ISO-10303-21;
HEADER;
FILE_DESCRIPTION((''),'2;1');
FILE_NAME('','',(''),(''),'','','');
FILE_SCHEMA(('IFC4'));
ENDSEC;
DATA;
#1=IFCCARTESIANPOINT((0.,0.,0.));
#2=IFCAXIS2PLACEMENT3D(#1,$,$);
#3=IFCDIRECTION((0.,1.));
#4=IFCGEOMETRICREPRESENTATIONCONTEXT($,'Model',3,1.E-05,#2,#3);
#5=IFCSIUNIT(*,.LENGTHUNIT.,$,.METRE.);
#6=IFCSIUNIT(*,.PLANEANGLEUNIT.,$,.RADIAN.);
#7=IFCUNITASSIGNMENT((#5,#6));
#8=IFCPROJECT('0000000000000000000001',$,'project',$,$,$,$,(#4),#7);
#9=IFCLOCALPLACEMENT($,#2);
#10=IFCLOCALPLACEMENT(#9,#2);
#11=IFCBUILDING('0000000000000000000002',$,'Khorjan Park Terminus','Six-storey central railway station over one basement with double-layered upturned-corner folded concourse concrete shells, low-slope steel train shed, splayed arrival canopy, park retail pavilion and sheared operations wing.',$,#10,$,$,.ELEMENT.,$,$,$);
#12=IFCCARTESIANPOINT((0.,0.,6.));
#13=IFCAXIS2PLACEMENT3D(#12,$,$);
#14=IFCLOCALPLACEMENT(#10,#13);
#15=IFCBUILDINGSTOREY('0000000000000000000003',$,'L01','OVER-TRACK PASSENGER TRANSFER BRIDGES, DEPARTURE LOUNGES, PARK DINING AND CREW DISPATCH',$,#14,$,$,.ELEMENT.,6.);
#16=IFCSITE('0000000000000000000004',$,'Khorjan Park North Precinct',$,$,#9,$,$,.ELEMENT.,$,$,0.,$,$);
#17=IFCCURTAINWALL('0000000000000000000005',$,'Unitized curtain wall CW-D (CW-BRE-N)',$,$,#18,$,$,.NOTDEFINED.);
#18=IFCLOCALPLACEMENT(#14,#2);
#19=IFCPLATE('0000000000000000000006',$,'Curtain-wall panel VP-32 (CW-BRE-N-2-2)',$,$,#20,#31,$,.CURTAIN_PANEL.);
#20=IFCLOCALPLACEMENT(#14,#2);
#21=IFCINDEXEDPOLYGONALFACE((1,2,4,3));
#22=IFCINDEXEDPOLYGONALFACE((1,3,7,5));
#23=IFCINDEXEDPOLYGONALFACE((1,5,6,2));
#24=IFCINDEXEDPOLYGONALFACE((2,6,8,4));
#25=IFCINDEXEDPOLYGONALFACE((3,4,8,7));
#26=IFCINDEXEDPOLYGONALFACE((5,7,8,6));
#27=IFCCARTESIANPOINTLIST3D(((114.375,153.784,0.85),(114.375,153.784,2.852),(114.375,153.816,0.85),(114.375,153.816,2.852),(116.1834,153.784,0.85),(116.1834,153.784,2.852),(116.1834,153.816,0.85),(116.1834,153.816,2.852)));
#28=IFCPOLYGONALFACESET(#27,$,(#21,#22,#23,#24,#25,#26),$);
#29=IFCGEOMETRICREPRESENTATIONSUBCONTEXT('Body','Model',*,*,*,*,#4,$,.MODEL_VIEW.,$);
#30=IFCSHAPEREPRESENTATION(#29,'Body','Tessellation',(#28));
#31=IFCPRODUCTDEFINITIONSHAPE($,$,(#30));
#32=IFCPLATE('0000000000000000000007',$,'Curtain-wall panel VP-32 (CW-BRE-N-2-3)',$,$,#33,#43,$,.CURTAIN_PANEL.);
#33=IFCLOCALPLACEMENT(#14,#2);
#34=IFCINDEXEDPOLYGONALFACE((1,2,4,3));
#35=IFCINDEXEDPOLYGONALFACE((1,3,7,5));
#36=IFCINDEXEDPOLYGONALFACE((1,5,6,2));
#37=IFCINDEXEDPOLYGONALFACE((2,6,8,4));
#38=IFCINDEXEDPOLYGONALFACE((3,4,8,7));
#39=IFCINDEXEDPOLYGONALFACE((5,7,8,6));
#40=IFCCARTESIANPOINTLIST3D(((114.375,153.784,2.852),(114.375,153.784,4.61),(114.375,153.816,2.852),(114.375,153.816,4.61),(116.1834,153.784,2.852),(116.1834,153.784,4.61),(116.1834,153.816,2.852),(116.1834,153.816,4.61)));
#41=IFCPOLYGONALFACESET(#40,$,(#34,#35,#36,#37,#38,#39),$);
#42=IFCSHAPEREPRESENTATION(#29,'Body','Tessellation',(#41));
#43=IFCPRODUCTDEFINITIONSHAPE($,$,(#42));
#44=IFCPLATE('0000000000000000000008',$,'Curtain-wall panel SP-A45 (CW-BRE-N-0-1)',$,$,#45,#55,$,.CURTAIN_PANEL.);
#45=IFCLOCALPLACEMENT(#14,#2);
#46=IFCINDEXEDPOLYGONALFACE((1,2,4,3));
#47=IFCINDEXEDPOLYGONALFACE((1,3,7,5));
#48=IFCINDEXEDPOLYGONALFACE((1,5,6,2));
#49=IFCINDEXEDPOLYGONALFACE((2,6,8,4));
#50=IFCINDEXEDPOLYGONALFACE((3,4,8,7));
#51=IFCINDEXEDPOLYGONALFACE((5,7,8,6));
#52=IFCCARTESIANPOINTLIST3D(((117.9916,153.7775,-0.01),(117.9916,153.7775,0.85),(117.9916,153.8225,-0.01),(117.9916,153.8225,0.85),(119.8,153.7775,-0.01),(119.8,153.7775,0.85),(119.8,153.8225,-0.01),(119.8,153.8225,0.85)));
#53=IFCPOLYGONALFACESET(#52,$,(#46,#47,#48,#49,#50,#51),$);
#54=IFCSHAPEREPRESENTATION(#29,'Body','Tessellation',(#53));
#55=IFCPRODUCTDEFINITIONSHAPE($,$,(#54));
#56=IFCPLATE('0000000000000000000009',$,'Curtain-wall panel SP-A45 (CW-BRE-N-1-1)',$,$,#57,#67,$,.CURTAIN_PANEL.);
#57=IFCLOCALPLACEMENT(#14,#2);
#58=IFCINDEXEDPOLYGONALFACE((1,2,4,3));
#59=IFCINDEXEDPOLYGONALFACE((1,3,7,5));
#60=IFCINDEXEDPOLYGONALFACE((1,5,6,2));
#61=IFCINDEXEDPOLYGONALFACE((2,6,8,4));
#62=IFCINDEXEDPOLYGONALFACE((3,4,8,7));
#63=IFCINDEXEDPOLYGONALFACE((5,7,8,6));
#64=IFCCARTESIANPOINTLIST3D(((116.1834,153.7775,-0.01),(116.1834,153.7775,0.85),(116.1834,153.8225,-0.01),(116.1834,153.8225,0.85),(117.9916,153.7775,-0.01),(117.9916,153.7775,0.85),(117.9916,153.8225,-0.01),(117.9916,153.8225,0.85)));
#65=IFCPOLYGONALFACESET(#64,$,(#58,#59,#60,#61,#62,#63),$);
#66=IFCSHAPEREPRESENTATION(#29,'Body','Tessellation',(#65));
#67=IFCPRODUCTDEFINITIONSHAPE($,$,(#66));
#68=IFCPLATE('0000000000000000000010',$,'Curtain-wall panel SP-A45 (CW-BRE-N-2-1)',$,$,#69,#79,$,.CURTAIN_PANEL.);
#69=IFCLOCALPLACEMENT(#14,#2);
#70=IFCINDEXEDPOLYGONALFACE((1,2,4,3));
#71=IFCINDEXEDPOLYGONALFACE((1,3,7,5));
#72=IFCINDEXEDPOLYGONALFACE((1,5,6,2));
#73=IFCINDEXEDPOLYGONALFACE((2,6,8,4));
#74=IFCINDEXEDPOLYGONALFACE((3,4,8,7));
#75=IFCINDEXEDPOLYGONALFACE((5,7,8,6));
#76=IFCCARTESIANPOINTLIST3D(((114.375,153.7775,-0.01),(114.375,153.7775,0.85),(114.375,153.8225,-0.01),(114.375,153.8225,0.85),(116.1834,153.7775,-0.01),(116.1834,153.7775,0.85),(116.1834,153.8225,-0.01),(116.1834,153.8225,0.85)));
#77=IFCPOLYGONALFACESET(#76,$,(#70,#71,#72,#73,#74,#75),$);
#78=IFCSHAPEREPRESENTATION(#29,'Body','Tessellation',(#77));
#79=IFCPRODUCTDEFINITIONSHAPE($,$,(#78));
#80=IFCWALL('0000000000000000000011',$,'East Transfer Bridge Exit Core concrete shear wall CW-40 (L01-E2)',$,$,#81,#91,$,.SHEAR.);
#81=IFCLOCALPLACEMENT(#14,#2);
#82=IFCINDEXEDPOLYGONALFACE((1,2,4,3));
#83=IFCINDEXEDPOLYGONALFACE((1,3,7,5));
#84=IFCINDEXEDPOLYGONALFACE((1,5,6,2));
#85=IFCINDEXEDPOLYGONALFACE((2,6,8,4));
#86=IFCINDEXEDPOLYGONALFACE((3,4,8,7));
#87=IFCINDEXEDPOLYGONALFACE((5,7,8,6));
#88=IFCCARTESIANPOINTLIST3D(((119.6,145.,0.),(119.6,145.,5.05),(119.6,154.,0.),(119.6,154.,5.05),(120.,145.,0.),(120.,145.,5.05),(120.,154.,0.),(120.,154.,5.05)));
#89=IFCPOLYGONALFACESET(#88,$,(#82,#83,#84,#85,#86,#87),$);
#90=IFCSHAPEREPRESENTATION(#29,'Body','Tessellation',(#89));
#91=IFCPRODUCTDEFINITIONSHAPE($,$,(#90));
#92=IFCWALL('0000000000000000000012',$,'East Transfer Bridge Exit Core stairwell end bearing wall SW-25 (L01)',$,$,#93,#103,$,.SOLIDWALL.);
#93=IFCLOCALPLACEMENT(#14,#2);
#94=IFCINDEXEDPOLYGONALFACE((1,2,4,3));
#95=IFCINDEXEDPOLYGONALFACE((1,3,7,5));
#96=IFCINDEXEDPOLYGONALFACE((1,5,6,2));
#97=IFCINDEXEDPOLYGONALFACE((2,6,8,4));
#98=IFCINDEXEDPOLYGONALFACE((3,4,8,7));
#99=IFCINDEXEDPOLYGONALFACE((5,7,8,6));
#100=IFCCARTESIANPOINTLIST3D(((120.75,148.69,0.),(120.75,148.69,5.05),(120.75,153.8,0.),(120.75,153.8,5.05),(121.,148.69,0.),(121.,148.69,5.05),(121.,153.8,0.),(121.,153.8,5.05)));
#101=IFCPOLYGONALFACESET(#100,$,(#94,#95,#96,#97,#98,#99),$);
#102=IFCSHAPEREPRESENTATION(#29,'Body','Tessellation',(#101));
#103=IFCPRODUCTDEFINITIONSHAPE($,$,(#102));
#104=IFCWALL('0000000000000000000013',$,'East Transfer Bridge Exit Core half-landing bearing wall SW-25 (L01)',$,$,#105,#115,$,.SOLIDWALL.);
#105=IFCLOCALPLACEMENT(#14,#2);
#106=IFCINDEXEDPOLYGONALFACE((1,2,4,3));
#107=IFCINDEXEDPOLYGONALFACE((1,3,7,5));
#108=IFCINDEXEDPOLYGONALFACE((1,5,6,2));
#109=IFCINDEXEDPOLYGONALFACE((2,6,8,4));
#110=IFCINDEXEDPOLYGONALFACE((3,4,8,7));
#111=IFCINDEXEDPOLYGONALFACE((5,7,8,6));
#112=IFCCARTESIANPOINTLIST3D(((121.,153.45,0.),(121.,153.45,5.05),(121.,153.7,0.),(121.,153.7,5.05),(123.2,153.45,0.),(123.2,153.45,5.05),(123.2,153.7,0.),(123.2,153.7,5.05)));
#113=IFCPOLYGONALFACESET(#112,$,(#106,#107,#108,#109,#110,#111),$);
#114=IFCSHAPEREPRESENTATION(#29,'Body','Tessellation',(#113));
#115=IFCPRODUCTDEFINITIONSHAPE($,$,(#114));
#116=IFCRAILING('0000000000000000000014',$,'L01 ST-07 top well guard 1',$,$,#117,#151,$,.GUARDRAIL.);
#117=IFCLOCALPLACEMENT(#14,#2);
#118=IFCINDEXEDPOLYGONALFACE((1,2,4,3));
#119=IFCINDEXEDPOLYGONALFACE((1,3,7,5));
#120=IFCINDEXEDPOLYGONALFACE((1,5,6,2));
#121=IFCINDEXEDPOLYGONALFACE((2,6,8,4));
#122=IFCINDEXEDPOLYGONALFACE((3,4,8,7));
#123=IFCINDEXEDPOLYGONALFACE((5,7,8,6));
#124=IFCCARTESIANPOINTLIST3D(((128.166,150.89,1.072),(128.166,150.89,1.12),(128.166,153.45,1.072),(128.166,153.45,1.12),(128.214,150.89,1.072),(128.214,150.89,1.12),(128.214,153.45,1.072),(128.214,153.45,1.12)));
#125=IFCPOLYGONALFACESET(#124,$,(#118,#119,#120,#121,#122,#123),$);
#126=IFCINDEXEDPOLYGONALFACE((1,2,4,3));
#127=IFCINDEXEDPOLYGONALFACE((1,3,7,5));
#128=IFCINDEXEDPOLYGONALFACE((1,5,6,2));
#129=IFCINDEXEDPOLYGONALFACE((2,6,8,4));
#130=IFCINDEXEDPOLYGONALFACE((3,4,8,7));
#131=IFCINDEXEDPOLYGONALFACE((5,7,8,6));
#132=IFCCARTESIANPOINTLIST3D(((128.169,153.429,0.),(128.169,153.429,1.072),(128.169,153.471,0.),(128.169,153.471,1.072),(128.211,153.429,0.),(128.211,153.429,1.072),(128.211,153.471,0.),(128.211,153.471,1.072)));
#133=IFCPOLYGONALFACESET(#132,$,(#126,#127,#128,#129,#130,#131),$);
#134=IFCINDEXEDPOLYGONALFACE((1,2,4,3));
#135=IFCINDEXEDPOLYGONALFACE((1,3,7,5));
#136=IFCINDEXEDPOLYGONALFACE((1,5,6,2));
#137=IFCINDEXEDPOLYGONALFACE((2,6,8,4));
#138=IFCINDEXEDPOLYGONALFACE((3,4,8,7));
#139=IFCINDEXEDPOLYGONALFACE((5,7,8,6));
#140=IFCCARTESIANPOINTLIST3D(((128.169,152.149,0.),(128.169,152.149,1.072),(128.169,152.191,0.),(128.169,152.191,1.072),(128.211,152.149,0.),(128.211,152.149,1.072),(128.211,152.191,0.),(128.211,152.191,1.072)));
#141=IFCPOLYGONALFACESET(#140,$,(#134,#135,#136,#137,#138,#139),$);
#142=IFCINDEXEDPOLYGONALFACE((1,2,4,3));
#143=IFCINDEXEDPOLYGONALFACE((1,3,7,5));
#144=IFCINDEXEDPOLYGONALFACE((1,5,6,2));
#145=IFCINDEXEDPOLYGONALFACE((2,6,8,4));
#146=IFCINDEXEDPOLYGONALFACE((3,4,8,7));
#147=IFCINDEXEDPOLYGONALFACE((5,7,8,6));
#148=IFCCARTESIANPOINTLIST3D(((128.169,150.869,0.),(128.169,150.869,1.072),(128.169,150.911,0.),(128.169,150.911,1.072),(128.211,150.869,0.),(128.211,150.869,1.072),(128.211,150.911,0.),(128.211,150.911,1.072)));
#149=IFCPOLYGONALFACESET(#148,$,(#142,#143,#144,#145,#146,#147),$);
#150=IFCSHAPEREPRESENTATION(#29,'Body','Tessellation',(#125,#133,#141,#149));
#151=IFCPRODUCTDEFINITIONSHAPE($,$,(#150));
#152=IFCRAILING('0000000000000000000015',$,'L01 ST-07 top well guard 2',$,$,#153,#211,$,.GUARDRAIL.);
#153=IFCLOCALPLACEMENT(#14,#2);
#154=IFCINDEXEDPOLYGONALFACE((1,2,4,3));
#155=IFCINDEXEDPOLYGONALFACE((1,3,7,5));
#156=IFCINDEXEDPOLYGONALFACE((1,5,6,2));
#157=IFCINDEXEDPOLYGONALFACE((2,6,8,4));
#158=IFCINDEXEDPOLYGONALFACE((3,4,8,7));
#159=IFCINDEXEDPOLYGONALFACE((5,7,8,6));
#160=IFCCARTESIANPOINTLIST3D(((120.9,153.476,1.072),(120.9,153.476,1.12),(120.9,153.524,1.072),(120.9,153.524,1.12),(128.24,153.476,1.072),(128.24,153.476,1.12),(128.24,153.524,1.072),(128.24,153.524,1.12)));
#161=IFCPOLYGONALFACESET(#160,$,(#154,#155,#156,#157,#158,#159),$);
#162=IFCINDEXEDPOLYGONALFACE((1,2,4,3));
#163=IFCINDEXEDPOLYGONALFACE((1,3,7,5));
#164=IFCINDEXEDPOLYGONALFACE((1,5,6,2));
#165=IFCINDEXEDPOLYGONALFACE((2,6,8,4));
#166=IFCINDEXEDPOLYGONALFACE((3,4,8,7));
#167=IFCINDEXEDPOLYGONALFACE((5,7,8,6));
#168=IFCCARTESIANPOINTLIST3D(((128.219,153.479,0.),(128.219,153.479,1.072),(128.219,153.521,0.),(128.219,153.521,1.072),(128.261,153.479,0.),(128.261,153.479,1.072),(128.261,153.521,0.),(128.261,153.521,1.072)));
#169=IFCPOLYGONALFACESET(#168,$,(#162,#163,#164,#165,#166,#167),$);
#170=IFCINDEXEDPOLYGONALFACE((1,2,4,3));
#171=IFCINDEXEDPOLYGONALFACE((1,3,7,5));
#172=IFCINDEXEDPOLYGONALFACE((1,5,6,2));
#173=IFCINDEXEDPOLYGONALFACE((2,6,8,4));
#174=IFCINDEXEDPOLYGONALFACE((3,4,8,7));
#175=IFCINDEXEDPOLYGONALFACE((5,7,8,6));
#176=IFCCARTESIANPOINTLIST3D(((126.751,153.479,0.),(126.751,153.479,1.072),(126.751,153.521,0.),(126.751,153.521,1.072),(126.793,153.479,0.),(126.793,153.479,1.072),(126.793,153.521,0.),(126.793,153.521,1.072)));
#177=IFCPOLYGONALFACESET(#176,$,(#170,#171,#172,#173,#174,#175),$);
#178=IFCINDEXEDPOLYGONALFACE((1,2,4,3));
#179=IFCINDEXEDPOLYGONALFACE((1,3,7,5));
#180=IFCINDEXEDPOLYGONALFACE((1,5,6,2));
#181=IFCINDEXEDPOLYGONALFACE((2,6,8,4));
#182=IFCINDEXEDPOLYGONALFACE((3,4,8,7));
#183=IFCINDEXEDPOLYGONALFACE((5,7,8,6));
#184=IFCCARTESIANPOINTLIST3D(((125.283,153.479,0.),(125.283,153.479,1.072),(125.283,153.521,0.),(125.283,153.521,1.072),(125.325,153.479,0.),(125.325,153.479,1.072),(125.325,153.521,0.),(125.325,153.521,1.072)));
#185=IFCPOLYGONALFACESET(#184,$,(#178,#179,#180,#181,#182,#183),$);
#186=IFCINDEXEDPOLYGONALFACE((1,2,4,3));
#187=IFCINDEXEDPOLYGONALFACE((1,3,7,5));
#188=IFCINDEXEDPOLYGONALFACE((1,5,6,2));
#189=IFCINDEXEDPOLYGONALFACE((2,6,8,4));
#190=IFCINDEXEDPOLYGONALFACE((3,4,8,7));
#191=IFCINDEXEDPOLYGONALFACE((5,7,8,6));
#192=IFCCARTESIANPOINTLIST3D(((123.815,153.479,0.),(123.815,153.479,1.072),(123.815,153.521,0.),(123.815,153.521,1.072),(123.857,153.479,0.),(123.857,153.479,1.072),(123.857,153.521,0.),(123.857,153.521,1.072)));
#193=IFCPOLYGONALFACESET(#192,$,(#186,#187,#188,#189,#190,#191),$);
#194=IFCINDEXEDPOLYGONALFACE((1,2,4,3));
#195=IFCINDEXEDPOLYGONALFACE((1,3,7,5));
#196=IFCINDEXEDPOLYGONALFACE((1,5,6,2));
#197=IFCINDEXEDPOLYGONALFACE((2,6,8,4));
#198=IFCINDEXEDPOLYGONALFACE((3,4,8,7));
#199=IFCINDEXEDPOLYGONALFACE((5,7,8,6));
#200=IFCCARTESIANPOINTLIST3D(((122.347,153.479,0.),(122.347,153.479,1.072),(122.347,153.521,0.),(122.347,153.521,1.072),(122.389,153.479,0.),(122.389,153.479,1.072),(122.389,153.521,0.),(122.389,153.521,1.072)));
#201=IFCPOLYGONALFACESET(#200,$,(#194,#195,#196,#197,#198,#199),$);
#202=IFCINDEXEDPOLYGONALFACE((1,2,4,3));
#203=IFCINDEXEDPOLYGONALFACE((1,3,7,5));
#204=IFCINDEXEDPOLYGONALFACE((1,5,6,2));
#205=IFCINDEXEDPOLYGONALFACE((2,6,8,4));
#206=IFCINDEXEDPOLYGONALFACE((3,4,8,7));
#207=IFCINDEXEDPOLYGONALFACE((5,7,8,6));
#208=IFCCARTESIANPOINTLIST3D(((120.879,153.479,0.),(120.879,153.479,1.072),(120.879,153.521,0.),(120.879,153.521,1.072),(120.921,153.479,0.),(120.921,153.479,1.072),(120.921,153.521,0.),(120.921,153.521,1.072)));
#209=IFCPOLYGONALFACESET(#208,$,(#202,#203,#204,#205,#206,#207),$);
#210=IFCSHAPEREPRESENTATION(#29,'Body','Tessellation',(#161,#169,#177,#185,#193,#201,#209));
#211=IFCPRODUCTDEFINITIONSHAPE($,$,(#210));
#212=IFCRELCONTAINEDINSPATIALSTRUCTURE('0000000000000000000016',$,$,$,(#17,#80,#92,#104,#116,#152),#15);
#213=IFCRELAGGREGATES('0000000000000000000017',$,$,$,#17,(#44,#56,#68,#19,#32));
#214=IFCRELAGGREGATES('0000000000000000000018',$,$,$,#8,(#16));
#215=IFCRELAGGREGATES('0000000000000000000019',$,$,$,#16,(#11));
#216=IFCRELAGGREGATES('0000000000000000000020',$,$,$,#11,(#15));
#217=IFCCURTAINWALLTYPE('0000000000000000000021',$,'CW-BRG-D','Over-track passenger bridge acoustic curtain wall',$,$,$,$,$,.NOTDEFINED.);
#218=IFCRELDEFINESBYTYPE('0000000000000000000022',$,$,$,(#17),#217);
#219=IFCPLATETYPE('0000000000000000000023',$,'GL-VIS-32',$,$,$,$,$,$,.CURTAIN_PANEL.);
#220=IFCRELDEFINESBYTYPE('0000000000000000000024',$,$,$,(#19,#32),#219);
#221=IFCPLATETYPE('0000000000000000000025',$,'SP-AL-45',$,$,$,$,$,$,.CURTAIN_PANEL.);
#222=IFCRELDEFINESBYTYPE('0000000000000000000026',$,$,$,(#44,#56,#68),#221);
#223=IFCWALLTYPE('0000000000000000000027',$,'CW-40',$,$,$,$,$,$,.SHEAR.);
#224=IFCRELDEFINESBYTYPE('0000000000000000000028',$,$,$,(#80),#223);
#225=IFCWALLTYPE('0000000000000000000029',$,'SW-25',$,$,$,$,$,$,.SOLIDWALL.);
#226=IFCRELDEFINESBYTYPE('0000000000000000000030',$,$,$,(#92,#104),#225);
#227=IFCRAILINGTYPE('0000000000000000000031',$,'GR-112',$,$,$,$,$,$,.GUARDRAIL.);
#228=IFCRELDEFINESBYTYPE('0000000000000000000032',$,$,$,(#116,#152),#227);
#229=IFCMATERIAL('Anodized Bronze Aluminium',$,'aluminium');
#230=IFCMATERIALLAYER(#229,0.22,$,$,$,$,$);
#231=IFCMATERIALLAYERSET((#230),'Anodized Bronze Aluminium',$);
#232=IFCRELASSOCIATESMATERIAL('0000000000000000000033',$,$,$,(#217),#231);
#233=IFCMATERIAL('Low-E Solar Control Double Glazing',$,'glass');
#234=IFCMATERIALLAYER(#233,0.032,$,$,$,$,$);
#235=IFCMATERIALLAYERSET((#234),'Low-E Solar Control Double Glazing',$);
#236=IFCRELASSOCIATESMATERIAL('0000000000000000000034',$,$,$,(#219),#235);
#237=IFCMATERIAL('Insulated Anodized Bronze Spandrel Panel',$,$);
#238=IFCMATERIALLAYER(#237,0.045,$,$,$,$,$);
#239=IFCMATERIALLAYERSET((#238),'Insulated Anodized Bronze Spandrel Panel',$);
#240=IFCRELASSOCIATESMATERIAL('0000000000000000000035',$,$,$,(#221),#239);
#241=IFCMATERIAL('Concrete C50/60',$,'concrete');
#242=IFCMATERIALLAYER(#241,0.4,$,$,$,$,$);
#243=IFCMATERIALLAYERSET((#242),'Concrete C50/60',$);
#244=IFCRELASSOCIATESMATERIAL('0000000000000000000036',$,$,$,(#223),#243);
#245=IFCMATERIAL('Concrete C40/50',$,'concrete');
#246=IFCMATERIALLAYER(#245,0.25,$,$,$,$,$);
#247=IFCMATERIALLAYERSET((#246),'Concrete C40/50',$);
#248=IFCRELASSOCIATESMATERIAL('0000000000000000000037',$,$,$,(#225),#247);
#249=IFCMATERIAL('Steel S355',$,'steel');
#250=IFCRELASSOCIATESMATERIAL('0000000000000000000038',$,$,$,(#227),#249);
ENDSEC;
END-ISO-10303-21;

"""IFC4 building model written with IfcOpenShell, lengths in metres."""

from ifc_helpers import new_model, si_unit, direction, frame, frame_2d, origin, origin_2d, place, context, subcontext, project, spatial, rectangle, extrude, material, layer, layer_set, type_object, element, aggregate, save


model = new_model("IFC4")

# Units and contexts
model_context = context("Model", 3, precision=1e-05, world=origin(), true_north=direction((0.0, 1.0)))
body_context = subcontext(model_context, "Body", "Model", "MODEL_VIEW")
ifc_project = project(units=[si_unit("LENGTHUNIT", "METRE"), si_unit("PLANEANGLEUNIT", "RADIAN")], contexts=[model_context])

# Site, building, storey
site_placement = place(None, origin())
site = spatial("IfcSite", under=ifc_project, at=site_placement, Name="Khorjan Park North Precinct", CompositionType="ELEMENT", RefElevation=0.0)
building_placement = place(site_placement, origin())
building = spatial("IfcBuilding", under=site, at=building_placement, Name="Khorjan Park Terminus", Description="Six-storey central railway station over one basement with double-layered upturned-corner folded concourse concrete shells, low-slope steel train shed, splayed arrival canopy, park retail pavilion and sheared operations wing.", CompositionType="ELEMENT")
storey_placement = place(building_placement, frame((0.0, 0.0, 6.0)))
storey = spatial("IfcBuildingStorey", under=building, at=storey_placement, Name="L01", Description="OVER-TRACK PASSENGER TRANSFER BRIDGES, DEPARTURE LOUNGES, PARK DINING AND CREW DISPATCH", CompositionType="ELEMENT", Elevation=6.0)

# Curtain wall, plates
ifc_material_1 = material(Name="Anodized Bronze Aluminium", Category="aluminium")
ifc_layer_1 = layer(ifc_material_1, 0.22)
ifc_layer_set_1 = layer_set([ifc_layer_1], Name="Anodized Bronze Aluminium")
curtain_wall_type = type_object("IfcCurtainWallType", Name="CW-BRG-D", Description="Over-track passenger bridge acoustic curtain wall", PredefinedType="NOTDEFINED", material=ifc_layer_set_1)
curtain_wall_placement = place(storey_placement, origin())
curtain_wall = element("IfcCurtainWall", 1, at=curtain_wall_placement, inside=storey, type_object=curtain_wall_type, Name="Unitized curtain wall CW-D (CW-BRE-N)", PredefinedType="NOTDEFINED")
ifc_material_2 = material(Name="Low-E Solar Control Double Glazing", Category="glass")
ifc_layer_2 = layer(ifc_material_2, 0.032)
ifc_layer_set_2 = layer_set([ifc_layer_2], Name="Low-E Solar Control Double Glazing")
plate_type_1 = type_object("IfcPlateType", Name="GL-VIS-32", PredefinedType="CURTAIN_PANEL", material=ifc_layer_set_2)
plate_1_placement = place(storey_placement, frame((115.2792, 153.8, 0.85), z_axis=(0.0, 0.0, 1.0), x_axis=(-1.0, 0.0, 0.0)))
plate_1 = element("IfcPlate", 2, at=plate_1_placement, type_object=plate_type_1, Name="Curtain-wall panel VP-32 (CW-BRE-N-2-2)", PredefinedType="CURTAIN_PANEL", context=body_context, shape_type="SweptSolid", body=[
    extrude(rectangle(XDim=1.8083, YDim=0.032, at=origin_2d()), origin(), (0.0, 0.0, 1.0), 2.002),
])
plate_2_placement = place(storey_placement, frame((115.2792, 153.8, 2.852), z_axis=(0.0, 0.0, 1.0), x_axis=(-1.0, 0.0, 0.0)))
plate_2 = element("IfcPlate", 3, at=plate_2_placement, type_object=plate_type_1, Name="Curtain-wall panel VP-32 (CW-BRE-N-2-3)", PredefinedType="CURTAIN_PANEL", context=body_context, shape_type="SweptSolid", body=[
    extrude(rectangle(XDim=1.8083, YDim=0.032, at=origin_2d()), origin(), (0.0, 0.0, 1.0), 1.758),
])
ifc_material_3 = material(Name="Insulated Anodized Bronze Spandrel Panel")
ifc_layer_3 = layer(ifc_material_3, 0.045)
ifc_layer_set_3 = layer_set([ifc_layer_3], Name="Insulated Anodized Bronze Spandrel Panel")
plate_type_2 = type_object("IfcPlateType", Name="SP-AL-45", PredefinedType="CURTAIN_PANEL", material=ifc_layer_set_3)
plate_3_placement = place(storey_placement, frame((118.8958, 153.8, -0.01), z_axis=(0.0, 0.0, 1.0), x_axis=(-1.0, 0.0, 0.0)))
plate_3 = element("IfcPlate", 4, at=plate_3_placement, type_object=plate_type_2, Name="Curtain-wall panel SP-A45 (CW-BRE-N-0-1)", PredefinedType="CURTAIN_PANEL", context=body_context, shape_type="SweptSolid", body=[
    extrude(rectangle(XDim=1.8083, YDim=0.045, at=origin_2d()), origin(), (0.0, 0.0, 1.0), 0.86),
])
plate_4_placement = place(storey_placement, frame((117.0875, 153.8, -0.01), z_axis=(0.0, 0.0, 1.0), x_axis=(-1.0, 0.0, 0.0)))
plate_4 = element("IfcPlate", 5, at=plate_4_placement, type_object=plate_type_2, Name="Curtain-wall panel SP-A45 (CW-BRE-N-1-1)", PredefinedType="CURTAIN_PANEL", context=body_context, shape_type="SweptSolid", body=[
    extrude(rectangle(XDim=1.8083, YDim=0.045, at=origin_2d()), origin(), (0.0, 0.0, 1.0), 0.86),
])
plate_5_placement = place(storey_placement, frame((115.2792, 153.8, -0.01), z_axis=(0.0, 0.0, 1.0), x_axis=(-1.0, 0.0, 0.0)))
plate_5 = element("IfcPlate", 6, at=plate_5_placement, type_object=plate_type_2, Name="Curtain-wall panel SP-A45 (CW-BRE-N-2-1)", PredefinedType="CURTAIN_PANEL", context=body_context, shape_type="SweptSolid", body=[
    extrude(rectangle(XDim=1.8083, YDim=0.045, at=origin_2d()), origin(), (0.0, 0.0, 1.0), 0.86),
])
aggregate(curtain_wall, [plate_3, plate_4, plate_5, plate_1, plate_2])

# Walls
ifc_material_4 = material(Name="Concrete C50/60", Category="concrete")
ifc_layer_4 = layer(ifc_material_4, 0.4)
ifc_layer_set_4 = layer_set([ifc_layer_4], Name="Concrete C50/60")
wall_type_1 = type_object("IfcWallType", Name="CW-40", PredefinedType="SHEAR", material=ifc_layer_set_4)
wall_1_placement = place(storey_placement, frame((119.8, 154.0, 0.0), z_axis=(0.0, 0.0, 1.0), x_axis=(0.0, -1.0, 0.0)))
element("IfcWall", 7, at=wall_1_placement, inside=storey, type_object=wall_type_1, Name="East Transfer Bridge Exit Core concrete shear wall CW-40 (L01-E2)", PredefinedType="SHEAR", context=body_context, shape_type="SweptSolid", body=[
    extrude(rectangle(XDim=9.0, YDim=0.4, at=frame_2d((4.5, 0.0))), origin(), (0.0, 0.0, 1.0), 5.05),
])
ifc_material_5 = material(Name="Concrete C40/50", Category="concrete")
ifc_layer_5 = layer(ifc_material_5, 0.25)
ifc_layer_set_5 = layer_set([ifc_layer_5], Name="Concrete C40/50")
wall_type_2 = type_object("IfcWallType", Name="SW-25", PredefinedType="SOLIDWALL", material=ifc_layer_set_5)
wall_2_placement = place(storey_placement, frame((120.875, 153.8, 0.0), z_axis=(0.0, 0.0, 1.0), x_axis=(0.0, -1.0, 0.0)))
element("IfcWall", 8, at=wall_2_placement, inside=storey, type_object=wall_type_2, Name="East Transfer Bridge Exit Core stairwell end bearing wall SW-25 (L01)", PredefinedType="SOLIDWALL", context=body_context, shape_type="SweptSolid", body=[
    extrude(rectangle(XDim=5.11, YDim=0.25, at=frame_2d((2.555, 0.0))), origin(), (0.0, 0.0, 1.0), 5.05),
])
wall_3_placement = place(storey_placement, frame((123.2, 153.575, 0.0), z_axis=(0.0, 0.0, 1.0), x_axis=(-1.0, 0.0, 0.0)))
element("IfcWall", 9, at=wall_3_placement, inside=storey, type_object=wall_type_2, Name="East Transfer Bridge Exit Core half-landing bearing wall SW-25 (L01)", PredefinedType="SOLIDWALL", context=body_context, shape_type="SweptSolid", body=[
    extrude(rectangle(XDim=2.2, YDim=0.25, at=frame_2d((1.1, 0.0))), origin(), (0.0, 0.0, 1.0), 5.05),
])

# Railings
ifc_material_6 = material(Name="Steel S355", Category="steel")
railing_type = type_object("IfcRailingType", Name="GR-112", PredefinedType="GUARDRAIL", material=ifc_material_6)
railing_1_placement = place(storey_placement, frame((128.19, 153.45, 0.0)))
element("IfcRailing", 10, at=railing_1_placement, inside=storey, type_object=railing_type, Name="L01 ST-07 top well guard 1", PredefinedType="GUARDRAIL", context=body_context, shape_type="SweptSolid", body=[
    extrude(rectangle(XDim=0.048, YDim=0.048, at=origin_2d()), frame((0.0, 0.0, 1.096), z_axis=(0.0, -1.0, 0.0), x_axis=(1.0, 0.0, 0.0)), (0.0, 0.0, 1.0), 2.56),
    extrude(rectangle(XDim=0.042, YDim=0.042, at=origin_2d()), origin(), (0.0, 0.0, 1.0), 1.072),
    extrude(rectangle(XDim=0.042, YDim=0.042, at=origin_2d()), frame((0.0, -1.28, 0.0)), (0.0, 0.0, 1.0), 1.072),
    extrude(rectangle(XDim=0.042, YDim=0.042, at=origin_2d()), frame((0.0, -2.56, 0.0)), (0.0, 0.0, 1.0), 1.072),
])
railing_2_placement = place(storey_placement, frame((128.24, 153.5, 0.0)))
element("IfcRailing", 11, at=railing_2_placement, inside=storey, type_object=railing_type, Name="L01 ST-07 top well guard 2", PredefinedType="GUARDRAIL", context=body_context, shape_type="SweptSolid", body=[
    extrude(rectangle(XDim=0.048, YDim=0.048, at=origin_2d()), frame((0.0, 0.0, 1.096), z_axis=(-1.0, 0.0, 0.0), x_axis=(0.0, -1.0, 0.0)), (0.0, 0.0, 1.0), 7.34),
    extrude(rectangle(XDim=0.042, YDim=0.042, at=origin_2d()), origin(), (0.0, 0.0, 1.0), 1.072),
    extrude(rectangle(XDim=0.042, YDim=0.042, at=origin_2d()), frame((-1.468, 0.0, 0.0)), (0.0, 0.0, 1.0), 1.072),
    extrude(rectangle(XDim=0.042, YDim=0.042, at=origin_2d()), frame((-2.936, 0.0, 0.0)), (0.0, 0.0, 1.0), 1.072),
    extrude(rectangle(XDim=0.042, YDim=0.042, at=origin_2d()), frame((-4.404, 0.0, 0.0)), (0.0, 0.0, 1.0), 1.072),
    extrude(rectangle(XDim=0.042, YDim=0.042, at=origin_2d()), frame((-5.872, 0.0, 0.0)), (0.0, 0.0, 1.0), 1.072),
    extrude(rectangle(XDim=0.042, YDim=0.042, at=origin_2d()), frame((-7.34, 0.0, 0.0)), (0.0, 0.0, 1.0), 1.072),
])

save(model, "model.ifc")
